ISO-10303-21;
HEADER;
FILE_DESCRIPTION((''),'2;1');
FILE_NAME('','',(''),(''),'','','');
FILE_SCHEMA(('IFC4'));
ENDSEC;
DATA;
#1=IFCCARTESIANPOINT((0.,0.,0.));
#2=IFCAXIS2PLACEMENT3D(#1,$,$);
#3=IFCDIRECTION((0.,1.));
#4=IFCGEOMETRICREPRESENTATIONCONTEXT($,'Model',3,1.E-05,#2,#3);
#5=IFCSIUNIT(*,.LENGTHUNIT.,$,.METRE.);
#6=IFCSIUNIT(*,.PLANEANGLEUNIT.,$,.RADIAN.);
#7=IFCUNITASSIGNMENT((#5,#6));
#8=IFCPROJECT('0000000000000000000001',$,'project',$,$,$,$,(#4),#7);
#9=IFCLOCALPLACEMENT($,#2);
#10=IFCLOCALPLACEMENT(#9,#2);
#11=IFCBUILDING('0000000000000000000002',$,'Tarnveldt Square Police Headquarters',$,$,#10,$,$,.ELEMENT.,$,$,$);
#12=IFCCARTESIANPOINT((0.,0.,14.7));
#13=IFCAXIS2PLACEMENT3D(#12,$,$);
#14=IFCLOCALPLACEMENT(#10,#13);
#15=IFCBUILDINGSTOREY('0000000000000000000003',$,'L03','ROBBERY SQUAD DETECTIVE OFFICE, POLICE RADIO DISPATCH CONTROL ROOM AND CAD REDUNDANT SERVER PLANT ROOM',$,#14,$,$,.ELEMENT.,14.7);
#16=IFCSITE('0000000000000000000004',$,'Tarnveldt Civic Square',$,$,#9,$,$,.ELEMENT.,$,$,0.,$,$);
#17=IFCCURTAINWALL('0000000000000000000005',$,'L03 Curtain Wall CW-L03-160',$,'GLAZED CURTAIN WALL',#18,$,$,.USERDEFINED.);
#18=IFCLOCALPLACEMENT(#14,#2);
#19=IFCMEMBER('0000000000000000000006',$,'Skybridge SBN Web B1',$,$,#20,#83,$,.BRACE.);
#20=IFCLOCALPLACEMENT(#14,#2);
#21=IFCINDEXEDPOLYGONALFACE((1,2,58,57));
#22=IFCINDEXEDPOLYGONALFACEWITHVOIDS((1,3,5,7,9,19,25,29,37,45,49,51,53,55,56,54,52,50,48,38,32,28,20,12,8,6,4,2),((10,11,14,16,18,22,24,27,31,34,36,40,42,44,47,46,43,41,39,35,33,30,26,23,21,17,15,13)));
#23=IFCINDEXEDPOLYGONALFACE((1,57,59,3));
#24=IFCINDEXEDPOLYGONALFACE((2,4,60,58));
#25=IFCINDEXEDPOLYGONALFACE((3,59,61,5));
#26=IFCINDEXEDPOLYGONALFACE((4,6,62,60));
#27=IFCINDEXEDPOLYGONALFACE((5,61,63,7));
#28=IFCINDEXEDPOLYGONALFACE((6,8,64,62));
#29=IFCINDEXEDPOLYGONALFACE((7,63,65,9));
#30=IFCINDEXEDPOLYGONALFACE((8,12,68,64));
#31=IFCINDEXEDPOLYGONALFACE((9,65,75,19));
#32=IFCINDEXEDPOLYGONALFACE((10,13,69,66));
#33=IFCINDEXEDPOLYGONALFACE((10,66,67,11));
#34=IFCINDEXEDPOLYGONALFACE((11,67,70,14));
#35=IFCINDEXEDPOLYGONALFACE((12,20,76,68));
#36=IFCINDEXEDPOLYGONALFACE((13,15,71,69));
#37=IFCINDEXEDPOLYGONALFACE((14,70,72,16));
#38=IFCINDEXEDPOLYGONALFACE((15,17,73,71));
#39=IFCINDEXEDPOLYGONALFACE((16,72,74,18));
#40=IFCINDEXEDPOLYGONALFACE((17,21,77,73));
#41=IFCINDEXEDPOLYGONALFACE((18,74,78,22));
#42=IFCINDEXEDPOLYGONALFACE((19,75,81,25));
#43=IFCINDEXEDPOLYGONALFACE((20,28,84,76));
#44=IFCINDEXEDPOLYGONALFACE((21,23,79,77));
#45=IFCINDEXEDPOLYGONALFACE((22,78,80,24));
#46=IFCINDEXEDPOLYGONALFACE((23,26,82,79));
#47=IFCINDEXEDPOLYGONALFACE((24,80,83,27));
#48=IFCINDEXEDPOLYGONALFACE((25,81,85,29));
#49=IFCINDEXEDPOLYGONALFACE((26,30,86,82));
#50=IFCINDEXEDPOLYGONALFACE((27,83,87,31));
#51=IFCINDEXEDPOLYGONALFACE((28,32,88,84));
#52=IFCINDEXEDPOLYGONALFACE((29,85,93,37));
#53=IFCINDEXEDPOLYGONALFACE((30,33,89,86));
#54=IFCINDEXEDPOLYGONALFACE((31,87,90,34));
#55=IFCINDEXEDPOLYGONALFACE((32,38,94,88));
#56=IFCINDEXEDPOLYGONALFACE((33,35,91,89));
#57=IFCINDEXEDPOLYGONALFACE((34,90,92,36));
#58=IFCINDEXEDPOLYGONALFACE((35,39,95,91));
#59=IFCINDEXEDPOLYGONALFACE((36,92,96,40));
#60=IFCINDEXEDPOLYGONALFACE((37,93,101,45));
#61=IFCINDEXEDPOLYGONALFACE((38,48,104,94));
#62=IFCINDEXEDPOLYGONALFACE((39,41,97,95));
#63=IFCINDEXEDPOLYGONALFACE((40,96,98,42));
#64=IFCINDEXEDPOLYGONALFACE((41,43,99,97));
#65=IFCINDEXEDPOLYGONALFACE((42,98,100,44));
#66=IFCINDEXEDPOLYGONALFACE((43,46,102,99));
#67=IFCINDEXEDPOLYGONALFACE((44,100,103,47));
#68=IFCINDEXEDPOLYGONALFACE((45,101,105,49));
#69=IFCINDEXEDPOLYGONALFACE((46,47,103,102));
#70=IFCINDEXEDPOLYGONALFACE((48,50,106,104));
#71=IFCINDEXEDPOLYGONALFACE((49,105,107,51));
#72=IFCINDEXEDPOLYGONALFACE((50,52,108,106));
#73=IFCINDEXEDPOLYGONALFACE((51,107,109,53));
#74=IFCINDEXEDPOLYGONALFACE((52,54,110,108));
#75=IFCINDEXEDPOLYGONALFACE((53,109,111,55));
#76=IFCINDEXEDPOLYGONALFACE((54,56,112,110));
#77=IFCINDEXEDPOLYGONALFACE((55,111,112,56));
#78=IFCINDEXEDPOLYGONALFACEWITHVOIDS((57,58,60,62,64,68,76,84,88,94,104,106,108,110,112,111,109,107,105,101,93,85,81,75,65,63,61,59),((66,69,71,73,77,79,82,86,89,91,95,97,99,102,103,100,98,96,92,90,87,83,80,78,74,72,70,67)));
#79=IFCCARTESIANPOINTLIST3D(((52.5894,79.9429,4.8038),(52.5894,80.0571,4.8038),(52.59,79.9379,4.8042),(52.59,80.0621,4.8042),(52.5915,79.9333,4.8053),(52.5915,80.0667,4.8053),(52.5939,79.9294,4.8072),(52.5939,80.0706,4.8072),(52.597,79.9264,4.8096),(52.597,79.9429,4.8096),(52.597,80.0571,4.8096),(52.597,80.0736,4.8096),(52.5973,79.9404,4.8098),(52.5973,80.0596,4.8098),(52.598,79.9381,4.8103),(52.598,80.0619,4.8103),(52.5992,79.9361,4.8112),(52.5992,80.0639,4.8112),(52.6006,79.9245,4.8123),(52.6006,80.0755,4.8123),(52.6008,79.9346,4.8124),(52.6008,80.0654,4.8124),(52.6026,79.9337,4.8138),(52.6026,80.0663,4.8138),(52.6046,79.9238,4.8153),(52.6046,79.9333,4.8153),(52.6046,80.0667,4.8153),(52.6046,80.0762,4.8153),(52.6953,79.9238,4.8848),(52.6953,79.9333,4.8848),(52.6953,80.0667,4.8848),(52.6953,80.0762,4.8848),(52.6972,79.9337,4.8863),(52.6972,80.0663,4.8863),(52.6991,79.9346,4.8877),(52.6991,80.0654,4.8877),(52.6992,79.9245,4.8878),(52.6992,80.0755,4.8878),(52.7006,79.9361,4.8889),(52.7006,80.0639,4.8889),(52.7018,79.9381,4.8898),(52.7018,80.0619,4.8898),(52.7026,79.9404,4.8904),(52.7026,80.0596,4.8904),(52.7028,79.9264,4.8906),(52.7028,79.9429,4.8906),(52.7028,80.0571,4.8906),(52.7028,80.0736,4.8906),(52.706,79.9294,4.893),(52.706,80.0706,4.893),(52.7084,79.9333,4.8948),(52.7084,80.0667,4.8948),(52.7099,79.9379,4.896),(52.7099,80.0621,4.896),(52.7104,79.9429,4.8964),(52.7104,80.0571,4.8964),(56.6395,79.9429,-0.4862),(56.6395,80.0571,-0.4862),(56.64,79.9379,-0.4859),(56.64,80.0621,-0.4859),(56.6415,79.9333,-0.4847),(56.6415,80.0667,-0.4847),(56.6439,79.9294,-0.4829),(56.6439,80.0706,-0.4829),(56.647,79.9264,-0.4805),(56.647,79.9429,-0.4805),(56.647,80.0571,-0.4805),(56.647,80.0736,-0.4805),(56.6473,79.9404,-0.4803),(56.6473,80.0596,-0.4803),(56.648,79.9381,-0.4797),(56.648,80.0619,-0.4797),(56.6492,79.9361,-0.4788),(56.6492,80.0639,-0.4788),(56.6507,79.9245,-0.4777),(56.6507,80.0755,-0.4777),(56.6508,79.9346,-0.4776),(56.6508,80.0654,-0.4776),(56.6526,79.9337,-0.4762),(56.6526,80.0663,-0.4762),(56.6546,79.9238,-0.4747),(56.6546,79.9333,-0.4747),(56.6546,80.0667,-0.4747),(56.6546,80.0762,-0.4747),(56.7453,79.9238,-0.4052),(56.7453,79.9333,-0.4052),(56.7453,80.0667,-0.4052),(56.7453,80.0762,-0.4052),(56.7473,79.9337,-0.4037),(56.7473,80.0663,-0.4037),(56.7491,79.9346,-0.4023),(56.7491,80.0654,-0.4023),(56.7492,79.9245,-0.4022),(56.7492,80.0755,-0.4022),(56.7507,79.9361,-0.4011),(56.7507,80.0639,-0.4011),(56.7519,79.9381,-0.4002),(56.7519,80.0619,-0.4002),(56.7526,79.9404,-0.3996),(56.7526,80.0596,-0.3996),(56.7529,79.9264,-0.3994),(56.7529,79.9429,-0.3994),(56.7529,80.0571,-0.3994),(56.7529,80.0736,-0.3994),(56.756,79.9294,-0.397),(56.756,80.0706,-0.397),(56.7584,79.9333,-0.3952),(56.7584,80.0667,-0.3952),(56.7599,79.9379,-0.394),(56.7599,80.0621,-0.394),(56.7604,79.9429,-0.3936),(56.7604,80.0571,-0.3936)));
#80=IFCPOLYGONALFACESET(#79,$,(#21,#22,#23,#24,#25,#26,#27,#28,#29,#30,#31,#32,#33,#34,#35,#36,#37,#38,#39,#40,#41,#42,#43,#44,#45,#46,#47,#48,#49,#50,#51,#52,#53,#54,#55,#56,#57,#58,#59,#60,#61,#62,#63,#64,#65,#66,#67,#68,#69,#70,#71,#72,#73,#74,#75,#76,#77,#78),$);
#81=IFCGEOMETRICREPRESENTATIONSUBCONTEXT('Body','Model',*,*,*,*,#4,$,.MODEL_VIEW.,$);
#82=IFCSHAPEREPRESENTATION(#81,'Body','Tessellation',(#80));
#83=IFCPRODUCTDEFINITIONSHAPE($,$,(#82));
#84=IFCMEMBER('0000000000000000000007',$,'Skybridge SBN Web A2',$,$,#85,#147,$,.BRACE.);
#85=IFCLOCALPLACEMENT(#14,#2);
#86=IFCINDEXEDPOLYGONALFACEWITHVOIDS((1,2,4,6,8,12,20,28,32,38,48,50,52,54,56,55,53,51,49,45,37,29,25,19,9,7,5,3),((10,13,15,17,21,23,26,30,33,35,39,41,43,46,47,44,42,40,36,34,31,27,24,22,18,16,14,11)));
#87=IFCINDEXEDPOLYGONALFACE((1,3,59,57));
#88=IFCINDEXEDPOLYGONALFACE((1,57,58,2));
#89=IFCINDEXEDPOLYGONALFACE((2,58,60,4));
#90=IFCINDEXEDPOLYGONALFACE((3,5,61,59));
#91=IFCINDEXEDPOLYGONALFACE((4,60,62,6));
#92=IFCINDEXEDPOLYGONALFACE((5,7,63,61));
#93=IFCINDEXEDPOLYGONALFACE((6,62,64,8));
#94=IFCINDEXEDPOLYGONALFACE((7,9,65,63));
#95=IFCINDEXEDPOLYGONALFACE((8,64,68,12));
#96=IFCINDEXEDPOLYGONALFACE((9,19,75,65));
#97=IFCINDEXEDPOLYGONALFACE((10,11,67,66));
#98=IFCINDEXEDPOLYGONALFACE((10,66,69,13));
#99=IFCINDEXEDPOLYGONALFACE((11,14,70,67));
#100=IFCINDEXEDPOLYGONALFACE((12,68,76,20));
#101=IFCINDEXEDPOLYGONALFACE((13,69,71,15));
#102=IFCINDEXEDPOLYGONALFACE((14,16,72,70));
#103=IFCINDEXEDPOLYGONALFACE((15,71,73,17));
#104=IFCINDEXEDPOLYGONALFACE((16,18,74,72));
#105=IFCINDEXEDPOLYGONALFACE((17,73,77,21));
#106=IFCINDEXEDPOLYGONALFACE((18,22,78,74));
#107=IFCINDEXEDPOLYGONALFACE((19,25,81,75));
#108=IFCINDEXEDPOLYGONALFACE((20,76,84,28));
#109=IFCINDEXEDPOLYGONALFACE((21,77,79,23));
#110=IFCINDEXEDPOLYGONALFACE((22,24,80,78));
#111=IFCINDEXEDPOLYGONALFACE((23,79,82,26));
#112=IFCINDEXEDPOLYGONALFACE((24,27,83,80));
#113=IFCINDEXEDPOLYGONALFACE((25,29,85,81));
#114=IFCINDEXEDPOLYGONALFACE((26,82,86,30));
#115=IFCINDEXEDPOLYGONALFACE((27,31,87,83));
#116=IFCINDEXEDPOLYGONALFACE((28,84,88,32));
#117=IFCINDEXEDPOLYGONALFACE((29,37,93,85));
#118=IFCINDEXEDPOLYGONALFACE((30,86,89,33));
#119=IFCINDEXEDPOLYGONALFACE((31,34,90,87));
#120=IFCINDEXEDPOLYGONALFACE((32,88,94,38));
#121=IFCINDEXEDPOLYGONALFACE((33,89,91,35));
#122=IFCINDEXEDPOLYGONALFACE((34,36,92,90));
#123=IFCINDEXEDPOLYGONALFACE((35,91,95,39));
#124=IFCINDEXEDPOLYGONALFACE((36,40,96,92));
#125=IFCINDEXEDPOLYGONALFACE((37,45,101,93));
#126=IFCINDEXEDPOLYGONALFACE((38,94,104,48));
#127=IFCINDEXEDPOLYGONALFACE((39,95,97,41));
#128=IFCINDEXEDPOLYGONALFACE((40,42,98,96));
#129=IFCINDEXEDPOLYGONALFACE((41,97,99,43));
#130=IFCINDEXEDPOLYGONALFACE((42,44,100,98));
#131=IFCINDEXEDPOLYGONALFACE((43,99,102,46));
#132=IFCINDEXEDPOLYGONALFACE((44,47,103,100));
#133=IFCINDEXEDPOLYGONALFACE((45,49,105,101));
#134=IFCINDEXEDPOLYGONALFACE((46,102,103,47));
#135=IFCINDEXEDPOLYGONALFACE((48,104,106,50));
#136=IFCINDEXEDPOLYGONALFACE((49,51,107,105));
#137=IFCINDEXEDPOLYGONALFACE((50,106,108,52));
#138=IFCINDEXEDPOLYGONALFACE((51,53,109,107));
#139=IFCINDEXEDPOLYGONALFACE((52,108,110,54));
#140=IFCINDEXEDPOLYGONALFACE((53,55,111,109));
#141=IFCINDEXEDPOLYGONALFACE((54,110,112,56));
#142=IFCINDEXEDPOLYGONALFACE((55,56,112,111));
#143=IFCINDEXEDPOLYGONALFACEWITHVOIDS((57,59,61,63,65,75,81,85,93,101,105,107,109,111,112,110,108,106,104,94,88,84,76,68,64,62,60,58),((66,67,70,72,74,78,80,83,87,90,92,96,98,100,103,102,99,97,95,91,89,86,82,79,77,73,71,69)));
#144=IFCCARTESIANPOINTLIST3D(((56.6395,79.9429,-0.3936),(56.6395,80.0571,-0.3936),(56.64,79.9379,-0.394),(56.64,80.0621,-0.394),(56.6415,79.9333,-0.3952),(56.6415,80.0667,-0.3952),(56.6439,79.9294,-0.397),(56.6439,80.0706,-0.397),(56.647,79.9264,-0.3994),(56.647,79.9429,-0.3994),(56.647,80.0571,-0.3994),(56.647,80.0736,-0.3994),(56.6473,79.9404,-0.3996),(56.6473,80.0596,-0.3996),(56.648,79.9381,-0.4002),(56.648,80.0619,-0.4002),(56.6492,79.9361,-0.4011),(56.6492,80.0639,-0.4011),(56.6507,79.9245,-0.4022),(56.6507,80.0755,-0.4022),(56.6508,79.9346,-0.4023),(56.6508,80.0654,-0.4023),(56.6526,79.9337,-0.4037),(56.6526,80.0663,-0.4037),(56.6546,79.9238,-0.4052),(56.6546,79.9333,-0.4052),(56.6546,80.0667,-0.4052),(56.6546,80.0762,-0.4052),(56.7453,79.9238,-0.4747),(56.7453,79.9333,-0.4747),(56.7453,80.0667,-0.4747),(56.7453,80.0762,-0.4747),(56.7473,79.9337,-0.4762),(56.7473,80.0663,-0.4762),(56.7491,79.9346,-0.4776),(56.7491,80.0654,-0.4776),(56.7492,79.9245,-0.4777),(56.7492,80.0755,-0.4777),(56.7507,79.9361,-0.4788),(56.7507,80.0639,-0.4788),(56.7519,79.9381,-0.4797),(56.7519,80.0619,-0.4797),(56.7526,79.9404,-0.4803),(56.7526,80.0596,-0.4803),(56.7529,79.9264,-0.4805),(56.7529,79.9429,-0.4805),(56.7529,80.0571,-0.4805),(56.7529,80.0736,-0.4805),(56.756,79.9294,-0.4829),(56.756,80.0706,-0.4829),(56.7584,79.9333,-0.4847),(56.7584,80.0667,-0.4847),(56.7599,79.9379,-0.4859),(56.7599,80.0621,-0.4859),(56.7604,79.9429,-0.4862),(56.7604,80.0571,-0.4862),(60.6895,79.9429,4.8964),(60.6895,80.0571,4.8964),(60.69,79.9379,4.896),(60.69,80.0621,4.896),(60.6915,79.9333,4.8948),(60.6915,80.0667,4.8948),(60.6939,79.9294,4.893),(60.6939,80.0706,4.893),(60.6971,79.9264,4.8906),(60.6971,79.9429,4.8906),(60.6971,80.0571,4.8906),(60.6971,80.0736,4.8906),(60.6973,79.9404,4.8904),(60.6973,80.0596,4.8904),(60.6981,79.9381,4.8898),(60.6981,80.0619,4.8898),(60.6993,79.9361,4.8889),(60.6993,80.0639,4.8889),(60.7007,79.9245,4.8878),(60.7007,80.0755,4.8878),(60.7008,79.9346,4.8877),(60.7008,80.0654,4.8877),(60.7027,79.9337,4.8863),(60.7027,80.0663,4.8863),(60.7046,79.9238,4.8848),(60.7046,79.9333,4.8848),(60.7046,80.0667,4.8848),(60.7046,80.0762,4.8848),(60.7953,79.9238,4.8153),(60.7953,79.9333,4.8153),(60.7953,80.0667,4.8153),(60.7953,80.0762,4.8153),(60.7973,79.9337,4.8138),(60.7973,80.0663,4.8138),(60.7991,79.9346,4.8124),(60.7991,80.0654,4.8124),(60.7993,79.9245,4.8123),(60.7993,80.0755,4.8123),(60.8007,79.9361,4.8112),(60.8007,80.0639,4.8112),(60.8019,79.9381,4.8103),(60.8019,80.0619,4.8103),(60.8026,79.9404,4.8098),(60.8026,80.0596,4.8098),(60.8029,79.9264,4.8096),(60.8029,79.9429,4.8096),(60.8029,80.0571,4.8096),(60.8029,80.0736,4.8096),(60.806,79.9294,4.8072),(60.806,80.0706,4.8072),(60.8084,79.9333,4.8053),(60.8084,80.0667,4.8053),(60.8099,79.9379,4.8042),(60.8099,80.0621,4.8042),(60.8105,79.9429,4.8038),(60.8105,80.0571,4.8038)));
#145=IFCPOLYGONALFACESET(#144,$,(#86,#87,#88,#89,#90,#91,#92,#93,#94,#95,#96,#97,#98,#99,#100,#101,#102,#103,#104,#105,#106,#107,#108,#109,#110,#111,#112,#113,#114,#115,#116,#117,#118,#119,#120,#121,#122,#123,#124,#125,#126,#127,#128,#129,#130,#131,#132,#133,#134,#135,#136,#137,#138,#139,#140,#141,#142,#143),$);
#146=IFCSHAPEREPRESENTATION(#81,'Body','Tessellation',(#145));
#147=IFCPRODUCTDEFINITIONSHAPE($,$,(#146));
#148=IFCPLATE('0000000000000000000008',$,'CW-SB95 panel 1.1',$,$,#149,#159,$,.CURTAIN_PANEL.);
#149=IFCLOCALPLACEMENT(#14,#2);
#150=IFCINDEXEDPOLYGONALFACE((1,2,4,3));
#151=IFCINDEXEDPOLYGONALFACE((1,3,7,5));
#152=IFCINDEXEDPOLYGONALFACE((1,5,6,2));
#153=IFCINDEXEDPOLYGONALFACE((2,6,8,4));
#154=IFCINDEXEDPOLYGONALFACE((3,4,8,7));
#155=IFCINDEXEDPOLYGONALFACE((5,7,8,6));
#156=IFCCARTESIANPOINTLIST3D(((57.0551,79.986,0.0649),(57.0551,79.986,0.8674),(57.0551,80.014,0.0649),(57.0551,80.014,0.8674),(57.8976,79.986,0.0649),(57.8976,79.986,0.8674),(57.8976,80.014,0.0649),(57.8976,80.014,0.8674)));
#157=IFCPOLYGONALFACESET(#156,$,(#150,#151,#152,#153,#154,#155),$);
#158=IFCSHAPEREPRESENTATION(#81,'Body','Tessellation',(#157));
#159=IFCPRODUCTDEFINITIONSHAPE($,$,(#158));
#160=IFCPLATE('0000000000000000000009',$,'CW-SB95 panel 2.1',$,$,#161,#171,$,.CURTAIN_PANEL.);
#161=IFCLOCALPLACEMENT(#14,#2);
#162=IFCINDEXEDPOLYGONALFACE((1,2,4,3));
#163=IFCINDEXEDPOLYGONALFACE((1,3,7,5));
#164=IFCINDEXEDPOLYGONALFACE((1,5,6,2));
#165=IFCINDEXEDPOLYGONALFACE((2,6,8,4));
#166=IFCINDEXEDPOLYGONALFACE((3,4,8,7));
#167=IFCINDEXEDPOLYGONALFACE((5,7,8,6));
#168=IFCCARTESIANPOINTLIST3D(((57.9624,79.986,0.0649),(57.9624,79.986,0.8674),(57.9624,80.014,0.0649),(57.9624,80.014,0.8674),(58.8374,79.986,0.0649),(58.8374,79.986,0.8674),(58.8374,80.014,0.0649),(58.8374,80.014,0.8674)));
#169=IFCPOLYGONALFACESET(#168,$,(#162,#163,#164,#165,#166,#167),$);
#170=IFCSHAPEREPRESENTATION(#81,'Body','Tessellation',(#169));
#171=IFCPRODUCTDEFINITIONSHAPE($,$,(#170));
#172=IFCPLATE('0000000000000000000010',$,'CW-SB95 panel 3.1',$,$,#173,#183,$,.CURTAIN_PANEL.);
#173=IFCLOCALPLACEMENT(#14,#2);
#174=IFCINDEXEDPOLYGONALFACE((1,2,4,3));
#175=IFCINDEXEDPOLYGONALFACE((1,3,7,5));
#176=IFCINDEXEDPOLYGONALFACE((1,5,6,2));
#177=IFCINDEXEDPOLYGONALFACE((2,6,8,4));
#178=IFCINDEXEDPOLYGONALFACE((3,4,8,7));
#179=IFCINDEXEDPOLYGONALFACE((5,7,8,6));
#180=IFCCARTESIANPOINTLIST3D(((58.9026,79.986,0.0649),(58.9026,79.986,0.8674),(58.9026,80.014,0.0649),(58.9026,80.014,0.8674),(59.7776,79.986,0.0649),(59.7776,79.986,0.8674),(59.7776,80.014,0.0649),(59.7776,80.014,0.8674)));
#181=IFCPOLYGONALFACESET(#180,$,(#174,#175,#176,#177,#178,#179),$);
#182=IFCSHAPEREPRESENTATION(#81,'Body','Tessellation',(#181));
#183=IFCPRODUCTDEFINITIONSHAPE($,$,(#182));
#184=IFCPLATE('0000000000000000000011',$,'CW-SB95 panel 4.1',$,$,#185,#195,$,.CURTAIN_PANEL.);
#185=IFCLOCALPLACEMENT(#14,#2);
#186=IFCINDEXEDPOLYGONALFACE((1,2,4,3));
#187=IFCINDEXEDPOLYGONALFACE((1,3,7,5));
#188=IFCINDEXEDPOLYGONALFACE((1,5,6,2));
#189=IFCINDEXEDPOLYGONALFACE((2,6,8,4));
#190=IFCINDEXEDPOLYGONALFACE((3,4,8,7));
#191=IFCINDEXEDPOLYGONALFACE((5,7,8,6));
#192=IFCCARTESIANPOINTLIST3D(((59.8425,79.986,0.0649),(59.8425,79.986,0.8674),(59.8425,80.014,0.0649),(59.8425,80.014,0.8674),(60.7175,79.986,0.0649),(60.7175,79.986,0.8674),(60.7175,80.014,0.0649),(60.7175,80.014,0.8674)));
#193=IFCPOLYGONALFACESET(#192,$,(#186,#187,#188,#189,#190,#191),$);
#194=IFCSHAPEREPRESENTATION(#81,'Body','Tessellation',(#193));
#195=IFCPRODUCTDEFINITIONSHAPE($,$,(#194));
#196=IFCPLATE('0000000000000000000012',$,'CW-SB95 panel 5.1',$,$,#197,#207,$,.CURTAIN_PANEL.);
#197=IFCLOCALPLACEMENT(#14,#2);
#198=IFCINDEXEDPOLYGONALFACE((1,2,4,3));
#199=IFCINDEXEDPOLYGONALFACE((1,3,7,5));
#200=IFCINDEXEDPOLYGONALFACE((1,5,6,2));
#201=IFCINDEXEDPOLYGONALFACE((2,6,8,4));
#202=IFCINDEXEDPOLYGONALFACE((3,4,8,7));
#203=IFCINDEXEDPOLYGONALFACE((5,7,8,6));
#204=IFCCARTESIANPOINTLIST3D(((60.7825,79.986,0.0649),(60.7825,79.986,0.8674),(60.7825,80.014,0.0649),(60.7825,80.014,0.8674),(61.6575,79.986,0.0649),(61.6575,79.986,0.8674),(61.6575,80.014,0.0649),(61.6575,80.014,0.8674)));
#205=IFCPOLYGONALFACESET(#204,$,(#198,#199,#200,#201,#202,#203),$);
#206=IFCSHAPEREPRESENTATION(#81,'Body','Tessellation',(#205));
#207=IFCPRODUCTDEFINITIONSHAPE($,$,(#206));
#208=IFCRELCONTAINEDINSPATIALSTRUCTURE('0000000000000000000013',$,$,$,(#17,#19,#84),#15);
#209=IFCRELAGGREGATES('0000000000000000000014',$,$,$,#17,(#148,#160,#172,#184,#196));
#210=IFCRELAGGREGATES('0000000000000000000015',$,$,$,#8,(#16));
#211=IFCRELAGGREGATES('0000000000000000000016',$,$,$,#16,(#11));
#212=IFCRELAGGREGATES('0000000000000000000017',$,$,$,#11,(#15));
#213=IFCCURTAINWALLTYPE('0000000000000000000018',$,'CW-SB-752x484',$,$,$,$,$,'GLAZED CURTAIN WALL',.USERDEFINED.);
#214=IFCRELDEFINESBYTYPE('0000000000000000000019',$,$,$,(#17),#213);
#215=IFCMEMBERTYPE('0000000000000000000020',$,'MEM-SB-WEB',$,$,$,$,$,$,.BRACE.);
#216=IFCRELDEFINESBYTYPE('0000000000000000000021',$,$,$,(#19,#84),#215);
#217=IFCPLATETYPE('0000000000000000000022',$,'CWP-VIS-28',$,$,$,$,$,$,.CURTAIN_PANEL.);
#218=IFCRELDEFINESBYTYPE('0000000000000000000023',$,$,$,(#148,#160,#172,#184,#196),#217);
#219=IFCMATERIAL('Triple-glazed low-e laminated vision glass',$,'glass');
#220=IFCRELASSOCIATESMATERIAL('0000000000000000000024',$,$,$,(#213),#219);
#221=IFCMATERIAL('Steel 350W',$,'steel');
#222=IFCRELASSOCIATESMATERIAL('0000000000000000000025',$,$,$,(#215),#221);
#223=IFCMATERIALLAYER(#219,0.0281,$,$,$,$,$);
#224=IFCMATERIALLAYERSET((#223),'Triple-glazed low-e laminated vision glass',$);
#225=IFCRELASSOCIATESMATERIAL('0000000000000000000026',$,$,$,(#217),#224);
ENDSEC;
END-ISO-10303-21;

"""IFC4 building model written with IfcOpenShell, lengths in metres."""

from ifc_helpers import new_model, si_unit, direction, frame, origin, origin_2d, place, context, subcontext, project, spatial, rectangle, hollow_rectangle, extrude, material, layer, layer_set, material_profile, profile_set, type_object, element, aggregate, save


model = new_model("IFC4")

# Units and contexts
model_context = context("Model", 3, precision=1e-05, world=origin(), true_north=direction((0.0, 1.0)))
body_context = subcontext(model_context, "Body", "Model", "MODEL_VIEW")
ifc_project = project(units=[si_unit("LENGTHUNIT", "METRE"), si_unit("PLANEANGLEUNIT", "RADIAN")], contexts=[model_context])

# Site, building, storey
site_placement = place(None, origin())
site = spatial("IfcSite", under=ifc_project, at=site_placement, Name="Tarnveldt Civic Square", CompositionType="ELEMENT", RefElevation=0.0)
building_placement = place(site_placement, origin())
building = spatial("IfcBuilding", under=site, at=building_placement, Name="Tarnveldt Square Police Headquarters", CompositionType="ELEMENT")
storey_placement = place(building_placement, frame((0.0, 0.0, 14.7)))
storey = spatial("IfcBuildingStorey", under=building, at=storey_placement, Name="L03", Description="ROBBERY SQUAD DETECTIVE OFFICE, POLICE RADIO DISPATCH CONTROL ROOM AND CAD REDUNDANT SERVER PLANT ROOM", CompositionType="ELEMENT", Elevation=14.7)

# Curtain wall
ifc_material_1 = material(Name="Triple-glazed low-e laminated vision glass", Category="glass")
curtain_wall_type = type_object("IfcCurtainWallType", Name="CW-SB-752x484", ElementType="GLAZED CURTAIN WALL", PredefinedType="USERDEFINED", material=ifc_material_1)
curtain_wall_placement = place(storey_placement, origin())
curtain_wall = element("IfcCurtainWall", 1, at=curtain_wall_placement, inside=storey, type_object=curtain_wall_type, Name="L03 Curtain Wall CW-L03-160", ObjectType="GLAZED CURTAIN WALL", PredefinedType="USERDEFINED")

# Members
ifc_material_2 = material(Name="Steel 350W", Category="steel")
ifc_material_profile_1 = material_profile(ifc_material_2, hollow_rectangle(XDim=0.1523, YDim=0.1523, WallThickness=0.0095, InnerFilletRadius=0.0095, OuterFilletRadius=0.019, at=origin_2d()), Name="HSS152x152x9.5")
ifc_profile_set_1 = profile_set([ifc_material_profile_1], Name="Steel 350W")
member_type_1 = type_object("IfcMemberType", Name="MEM-SB-WEB", PredefinedType="BRACE", material=ifc_profile_set_1)
for number, where, z_axis, x_axis, name in (
    (2, (56.7, 80.0, -0.4399), (-0.607898, 0.0, 0.794016), (0.0, -1.0, 0.0), "Skybridge SBN Web B1"),
    (3, (56.7, 80.0, -0.4399), (0.607898, 0.0, 0.794016), (0.0, 1.0, 0.0), "Skybridge SBN Web A2"),
):
    element("IfcMember", number, at=place(storey_placement, frame(where, z_axis=z_axis, x_axis=x_axis)), inside=storey, type_object=member_type_1, Name=name, PredefinedType="BRACE", context=body_context, shape_type="SweptSolid", body=[
        extrude(hollow_rectangle(XDim=0.1523, YDim=0.1523, WallThickness=0.0095, InnerFilletRadius=0.0095, OuterFilletRadius=0.019, at=origin_2d()), origin(), (0.0, 0.0, 1.0), 6.6624),
    ])

# Plates
ifc_layer = layer(ifc_material_1, 0.0281)
ifc_layer_set = layer_set([ifc_layer], Name="Triple-glazed low-e laminated vision glass")
plate_type = type_object("IfcPlateType", Name="CWP-VIS-28", PredefinedType="CURTAIN_PANEL", material=ifc_layer_set)
plate_1_placement = place(storey_placement, frame((57.4763, 80.0, 0.0649), z_axis=(0.0, 0.0, 1.0), x_axis=(1.0, 0.0, 0.0)))
plate_1 = element("IfcPlate", 4, at=plate_1_placement, type_object=plate_type, Name="CW-SB95 panel 1.1", PredefinedType="CURTAIN_PANEL", context=body_context, shape_type="SweptSolid", body=[
    extrude(rectangle(XDim=0.8425, YDim=0.0281, at=origin_2d()), origin(), (0.0, 0.0, 1.0), 0.8025),
])
plate_2_placement = place(storey_placement, frame((58.3999, 80.0, 0.0649), z_axis=(0.0, 0.0, 1.0), x_axis=(1.0, 0.0, 0.0)))
plate_2 = element("IfcPlate", 5, at=plate_2_placement, type_object=plate_type, Name="CW-SB95 panel 2.1", PredefinedType="CURTAIN_PANEL", context=body_context, shape_type="SweptSolid", body=[
    extrude(rectangle(XDim=0.875, YDim=0.0281, at=origin_2d()), origin(), (0.0, 0.0, 1.0), 0.8025),
])
plate_3_placement = place(storey_placement, frame((59.3401, 80.0, 0.0649), z_axis=(0.0, 0.0, 1.0), x_axis=(1.0, 0.0, 0.0)))
plate_3 = element("IfcPlate", 6, at=plate_3_placement, type_object=plate_type, Name="CW-SB95 panel 3.1", PredefinedType="CURTAIN_PANEL", context=body_context, shape_type="SweptSolid", body=[
    extrude(rectangle(XDim=0.875, YDim=0.0281, at=origin_2d()), origin(), (0.0, 0.0, 1.0), 0.8025),
])
plate_4_placement = place(storey_placement, frame((60.28, 80.0, 0.0649), z_axis=(0.0, 0.0, 1.0), x_axis=(1.0, 0.0, 0.0)))
plate_4 = element("IfcPlate", 7, at=plate_4_placement, type_object=plate_type, Name="CW-SB95 panel 4.1", PredefinedType="CURTAIN_PANEL", context=body_context, shape_type="SweptSolid", body=[
    extrude(rectangle(XDim=0.875, YDim=0.0281, at=origin_2d()), origin(), (0.0, 0.0, 1.0), 0.8025),
])
plate_5_placement = place(storey_placement, frame((61.22, 80.0, 0.0649), z_axis=(0.0, 0.0, 1.0), x_axis=(1.0, 0.0, 0.0)))
plate_5 = element("IfcPlate", 8, at=plate_5_placement, type_object=plate_type, Name="CW-SB95 panel 5.1", PredefinedType="CURTAIN_PANEL", context=body_context, shape_type="SweptSolid", body=[
    extrude(rectangle(XDim=0.875, YDim=0.0281, at=origin_2d()), origin(), (0.0, 0.0, 1.0), 0.8025),
])
aggregate(curtain_wall, [plate_1, plate_2, plate_3, plate_4, plate_5])

save(model, "model.ifc")
